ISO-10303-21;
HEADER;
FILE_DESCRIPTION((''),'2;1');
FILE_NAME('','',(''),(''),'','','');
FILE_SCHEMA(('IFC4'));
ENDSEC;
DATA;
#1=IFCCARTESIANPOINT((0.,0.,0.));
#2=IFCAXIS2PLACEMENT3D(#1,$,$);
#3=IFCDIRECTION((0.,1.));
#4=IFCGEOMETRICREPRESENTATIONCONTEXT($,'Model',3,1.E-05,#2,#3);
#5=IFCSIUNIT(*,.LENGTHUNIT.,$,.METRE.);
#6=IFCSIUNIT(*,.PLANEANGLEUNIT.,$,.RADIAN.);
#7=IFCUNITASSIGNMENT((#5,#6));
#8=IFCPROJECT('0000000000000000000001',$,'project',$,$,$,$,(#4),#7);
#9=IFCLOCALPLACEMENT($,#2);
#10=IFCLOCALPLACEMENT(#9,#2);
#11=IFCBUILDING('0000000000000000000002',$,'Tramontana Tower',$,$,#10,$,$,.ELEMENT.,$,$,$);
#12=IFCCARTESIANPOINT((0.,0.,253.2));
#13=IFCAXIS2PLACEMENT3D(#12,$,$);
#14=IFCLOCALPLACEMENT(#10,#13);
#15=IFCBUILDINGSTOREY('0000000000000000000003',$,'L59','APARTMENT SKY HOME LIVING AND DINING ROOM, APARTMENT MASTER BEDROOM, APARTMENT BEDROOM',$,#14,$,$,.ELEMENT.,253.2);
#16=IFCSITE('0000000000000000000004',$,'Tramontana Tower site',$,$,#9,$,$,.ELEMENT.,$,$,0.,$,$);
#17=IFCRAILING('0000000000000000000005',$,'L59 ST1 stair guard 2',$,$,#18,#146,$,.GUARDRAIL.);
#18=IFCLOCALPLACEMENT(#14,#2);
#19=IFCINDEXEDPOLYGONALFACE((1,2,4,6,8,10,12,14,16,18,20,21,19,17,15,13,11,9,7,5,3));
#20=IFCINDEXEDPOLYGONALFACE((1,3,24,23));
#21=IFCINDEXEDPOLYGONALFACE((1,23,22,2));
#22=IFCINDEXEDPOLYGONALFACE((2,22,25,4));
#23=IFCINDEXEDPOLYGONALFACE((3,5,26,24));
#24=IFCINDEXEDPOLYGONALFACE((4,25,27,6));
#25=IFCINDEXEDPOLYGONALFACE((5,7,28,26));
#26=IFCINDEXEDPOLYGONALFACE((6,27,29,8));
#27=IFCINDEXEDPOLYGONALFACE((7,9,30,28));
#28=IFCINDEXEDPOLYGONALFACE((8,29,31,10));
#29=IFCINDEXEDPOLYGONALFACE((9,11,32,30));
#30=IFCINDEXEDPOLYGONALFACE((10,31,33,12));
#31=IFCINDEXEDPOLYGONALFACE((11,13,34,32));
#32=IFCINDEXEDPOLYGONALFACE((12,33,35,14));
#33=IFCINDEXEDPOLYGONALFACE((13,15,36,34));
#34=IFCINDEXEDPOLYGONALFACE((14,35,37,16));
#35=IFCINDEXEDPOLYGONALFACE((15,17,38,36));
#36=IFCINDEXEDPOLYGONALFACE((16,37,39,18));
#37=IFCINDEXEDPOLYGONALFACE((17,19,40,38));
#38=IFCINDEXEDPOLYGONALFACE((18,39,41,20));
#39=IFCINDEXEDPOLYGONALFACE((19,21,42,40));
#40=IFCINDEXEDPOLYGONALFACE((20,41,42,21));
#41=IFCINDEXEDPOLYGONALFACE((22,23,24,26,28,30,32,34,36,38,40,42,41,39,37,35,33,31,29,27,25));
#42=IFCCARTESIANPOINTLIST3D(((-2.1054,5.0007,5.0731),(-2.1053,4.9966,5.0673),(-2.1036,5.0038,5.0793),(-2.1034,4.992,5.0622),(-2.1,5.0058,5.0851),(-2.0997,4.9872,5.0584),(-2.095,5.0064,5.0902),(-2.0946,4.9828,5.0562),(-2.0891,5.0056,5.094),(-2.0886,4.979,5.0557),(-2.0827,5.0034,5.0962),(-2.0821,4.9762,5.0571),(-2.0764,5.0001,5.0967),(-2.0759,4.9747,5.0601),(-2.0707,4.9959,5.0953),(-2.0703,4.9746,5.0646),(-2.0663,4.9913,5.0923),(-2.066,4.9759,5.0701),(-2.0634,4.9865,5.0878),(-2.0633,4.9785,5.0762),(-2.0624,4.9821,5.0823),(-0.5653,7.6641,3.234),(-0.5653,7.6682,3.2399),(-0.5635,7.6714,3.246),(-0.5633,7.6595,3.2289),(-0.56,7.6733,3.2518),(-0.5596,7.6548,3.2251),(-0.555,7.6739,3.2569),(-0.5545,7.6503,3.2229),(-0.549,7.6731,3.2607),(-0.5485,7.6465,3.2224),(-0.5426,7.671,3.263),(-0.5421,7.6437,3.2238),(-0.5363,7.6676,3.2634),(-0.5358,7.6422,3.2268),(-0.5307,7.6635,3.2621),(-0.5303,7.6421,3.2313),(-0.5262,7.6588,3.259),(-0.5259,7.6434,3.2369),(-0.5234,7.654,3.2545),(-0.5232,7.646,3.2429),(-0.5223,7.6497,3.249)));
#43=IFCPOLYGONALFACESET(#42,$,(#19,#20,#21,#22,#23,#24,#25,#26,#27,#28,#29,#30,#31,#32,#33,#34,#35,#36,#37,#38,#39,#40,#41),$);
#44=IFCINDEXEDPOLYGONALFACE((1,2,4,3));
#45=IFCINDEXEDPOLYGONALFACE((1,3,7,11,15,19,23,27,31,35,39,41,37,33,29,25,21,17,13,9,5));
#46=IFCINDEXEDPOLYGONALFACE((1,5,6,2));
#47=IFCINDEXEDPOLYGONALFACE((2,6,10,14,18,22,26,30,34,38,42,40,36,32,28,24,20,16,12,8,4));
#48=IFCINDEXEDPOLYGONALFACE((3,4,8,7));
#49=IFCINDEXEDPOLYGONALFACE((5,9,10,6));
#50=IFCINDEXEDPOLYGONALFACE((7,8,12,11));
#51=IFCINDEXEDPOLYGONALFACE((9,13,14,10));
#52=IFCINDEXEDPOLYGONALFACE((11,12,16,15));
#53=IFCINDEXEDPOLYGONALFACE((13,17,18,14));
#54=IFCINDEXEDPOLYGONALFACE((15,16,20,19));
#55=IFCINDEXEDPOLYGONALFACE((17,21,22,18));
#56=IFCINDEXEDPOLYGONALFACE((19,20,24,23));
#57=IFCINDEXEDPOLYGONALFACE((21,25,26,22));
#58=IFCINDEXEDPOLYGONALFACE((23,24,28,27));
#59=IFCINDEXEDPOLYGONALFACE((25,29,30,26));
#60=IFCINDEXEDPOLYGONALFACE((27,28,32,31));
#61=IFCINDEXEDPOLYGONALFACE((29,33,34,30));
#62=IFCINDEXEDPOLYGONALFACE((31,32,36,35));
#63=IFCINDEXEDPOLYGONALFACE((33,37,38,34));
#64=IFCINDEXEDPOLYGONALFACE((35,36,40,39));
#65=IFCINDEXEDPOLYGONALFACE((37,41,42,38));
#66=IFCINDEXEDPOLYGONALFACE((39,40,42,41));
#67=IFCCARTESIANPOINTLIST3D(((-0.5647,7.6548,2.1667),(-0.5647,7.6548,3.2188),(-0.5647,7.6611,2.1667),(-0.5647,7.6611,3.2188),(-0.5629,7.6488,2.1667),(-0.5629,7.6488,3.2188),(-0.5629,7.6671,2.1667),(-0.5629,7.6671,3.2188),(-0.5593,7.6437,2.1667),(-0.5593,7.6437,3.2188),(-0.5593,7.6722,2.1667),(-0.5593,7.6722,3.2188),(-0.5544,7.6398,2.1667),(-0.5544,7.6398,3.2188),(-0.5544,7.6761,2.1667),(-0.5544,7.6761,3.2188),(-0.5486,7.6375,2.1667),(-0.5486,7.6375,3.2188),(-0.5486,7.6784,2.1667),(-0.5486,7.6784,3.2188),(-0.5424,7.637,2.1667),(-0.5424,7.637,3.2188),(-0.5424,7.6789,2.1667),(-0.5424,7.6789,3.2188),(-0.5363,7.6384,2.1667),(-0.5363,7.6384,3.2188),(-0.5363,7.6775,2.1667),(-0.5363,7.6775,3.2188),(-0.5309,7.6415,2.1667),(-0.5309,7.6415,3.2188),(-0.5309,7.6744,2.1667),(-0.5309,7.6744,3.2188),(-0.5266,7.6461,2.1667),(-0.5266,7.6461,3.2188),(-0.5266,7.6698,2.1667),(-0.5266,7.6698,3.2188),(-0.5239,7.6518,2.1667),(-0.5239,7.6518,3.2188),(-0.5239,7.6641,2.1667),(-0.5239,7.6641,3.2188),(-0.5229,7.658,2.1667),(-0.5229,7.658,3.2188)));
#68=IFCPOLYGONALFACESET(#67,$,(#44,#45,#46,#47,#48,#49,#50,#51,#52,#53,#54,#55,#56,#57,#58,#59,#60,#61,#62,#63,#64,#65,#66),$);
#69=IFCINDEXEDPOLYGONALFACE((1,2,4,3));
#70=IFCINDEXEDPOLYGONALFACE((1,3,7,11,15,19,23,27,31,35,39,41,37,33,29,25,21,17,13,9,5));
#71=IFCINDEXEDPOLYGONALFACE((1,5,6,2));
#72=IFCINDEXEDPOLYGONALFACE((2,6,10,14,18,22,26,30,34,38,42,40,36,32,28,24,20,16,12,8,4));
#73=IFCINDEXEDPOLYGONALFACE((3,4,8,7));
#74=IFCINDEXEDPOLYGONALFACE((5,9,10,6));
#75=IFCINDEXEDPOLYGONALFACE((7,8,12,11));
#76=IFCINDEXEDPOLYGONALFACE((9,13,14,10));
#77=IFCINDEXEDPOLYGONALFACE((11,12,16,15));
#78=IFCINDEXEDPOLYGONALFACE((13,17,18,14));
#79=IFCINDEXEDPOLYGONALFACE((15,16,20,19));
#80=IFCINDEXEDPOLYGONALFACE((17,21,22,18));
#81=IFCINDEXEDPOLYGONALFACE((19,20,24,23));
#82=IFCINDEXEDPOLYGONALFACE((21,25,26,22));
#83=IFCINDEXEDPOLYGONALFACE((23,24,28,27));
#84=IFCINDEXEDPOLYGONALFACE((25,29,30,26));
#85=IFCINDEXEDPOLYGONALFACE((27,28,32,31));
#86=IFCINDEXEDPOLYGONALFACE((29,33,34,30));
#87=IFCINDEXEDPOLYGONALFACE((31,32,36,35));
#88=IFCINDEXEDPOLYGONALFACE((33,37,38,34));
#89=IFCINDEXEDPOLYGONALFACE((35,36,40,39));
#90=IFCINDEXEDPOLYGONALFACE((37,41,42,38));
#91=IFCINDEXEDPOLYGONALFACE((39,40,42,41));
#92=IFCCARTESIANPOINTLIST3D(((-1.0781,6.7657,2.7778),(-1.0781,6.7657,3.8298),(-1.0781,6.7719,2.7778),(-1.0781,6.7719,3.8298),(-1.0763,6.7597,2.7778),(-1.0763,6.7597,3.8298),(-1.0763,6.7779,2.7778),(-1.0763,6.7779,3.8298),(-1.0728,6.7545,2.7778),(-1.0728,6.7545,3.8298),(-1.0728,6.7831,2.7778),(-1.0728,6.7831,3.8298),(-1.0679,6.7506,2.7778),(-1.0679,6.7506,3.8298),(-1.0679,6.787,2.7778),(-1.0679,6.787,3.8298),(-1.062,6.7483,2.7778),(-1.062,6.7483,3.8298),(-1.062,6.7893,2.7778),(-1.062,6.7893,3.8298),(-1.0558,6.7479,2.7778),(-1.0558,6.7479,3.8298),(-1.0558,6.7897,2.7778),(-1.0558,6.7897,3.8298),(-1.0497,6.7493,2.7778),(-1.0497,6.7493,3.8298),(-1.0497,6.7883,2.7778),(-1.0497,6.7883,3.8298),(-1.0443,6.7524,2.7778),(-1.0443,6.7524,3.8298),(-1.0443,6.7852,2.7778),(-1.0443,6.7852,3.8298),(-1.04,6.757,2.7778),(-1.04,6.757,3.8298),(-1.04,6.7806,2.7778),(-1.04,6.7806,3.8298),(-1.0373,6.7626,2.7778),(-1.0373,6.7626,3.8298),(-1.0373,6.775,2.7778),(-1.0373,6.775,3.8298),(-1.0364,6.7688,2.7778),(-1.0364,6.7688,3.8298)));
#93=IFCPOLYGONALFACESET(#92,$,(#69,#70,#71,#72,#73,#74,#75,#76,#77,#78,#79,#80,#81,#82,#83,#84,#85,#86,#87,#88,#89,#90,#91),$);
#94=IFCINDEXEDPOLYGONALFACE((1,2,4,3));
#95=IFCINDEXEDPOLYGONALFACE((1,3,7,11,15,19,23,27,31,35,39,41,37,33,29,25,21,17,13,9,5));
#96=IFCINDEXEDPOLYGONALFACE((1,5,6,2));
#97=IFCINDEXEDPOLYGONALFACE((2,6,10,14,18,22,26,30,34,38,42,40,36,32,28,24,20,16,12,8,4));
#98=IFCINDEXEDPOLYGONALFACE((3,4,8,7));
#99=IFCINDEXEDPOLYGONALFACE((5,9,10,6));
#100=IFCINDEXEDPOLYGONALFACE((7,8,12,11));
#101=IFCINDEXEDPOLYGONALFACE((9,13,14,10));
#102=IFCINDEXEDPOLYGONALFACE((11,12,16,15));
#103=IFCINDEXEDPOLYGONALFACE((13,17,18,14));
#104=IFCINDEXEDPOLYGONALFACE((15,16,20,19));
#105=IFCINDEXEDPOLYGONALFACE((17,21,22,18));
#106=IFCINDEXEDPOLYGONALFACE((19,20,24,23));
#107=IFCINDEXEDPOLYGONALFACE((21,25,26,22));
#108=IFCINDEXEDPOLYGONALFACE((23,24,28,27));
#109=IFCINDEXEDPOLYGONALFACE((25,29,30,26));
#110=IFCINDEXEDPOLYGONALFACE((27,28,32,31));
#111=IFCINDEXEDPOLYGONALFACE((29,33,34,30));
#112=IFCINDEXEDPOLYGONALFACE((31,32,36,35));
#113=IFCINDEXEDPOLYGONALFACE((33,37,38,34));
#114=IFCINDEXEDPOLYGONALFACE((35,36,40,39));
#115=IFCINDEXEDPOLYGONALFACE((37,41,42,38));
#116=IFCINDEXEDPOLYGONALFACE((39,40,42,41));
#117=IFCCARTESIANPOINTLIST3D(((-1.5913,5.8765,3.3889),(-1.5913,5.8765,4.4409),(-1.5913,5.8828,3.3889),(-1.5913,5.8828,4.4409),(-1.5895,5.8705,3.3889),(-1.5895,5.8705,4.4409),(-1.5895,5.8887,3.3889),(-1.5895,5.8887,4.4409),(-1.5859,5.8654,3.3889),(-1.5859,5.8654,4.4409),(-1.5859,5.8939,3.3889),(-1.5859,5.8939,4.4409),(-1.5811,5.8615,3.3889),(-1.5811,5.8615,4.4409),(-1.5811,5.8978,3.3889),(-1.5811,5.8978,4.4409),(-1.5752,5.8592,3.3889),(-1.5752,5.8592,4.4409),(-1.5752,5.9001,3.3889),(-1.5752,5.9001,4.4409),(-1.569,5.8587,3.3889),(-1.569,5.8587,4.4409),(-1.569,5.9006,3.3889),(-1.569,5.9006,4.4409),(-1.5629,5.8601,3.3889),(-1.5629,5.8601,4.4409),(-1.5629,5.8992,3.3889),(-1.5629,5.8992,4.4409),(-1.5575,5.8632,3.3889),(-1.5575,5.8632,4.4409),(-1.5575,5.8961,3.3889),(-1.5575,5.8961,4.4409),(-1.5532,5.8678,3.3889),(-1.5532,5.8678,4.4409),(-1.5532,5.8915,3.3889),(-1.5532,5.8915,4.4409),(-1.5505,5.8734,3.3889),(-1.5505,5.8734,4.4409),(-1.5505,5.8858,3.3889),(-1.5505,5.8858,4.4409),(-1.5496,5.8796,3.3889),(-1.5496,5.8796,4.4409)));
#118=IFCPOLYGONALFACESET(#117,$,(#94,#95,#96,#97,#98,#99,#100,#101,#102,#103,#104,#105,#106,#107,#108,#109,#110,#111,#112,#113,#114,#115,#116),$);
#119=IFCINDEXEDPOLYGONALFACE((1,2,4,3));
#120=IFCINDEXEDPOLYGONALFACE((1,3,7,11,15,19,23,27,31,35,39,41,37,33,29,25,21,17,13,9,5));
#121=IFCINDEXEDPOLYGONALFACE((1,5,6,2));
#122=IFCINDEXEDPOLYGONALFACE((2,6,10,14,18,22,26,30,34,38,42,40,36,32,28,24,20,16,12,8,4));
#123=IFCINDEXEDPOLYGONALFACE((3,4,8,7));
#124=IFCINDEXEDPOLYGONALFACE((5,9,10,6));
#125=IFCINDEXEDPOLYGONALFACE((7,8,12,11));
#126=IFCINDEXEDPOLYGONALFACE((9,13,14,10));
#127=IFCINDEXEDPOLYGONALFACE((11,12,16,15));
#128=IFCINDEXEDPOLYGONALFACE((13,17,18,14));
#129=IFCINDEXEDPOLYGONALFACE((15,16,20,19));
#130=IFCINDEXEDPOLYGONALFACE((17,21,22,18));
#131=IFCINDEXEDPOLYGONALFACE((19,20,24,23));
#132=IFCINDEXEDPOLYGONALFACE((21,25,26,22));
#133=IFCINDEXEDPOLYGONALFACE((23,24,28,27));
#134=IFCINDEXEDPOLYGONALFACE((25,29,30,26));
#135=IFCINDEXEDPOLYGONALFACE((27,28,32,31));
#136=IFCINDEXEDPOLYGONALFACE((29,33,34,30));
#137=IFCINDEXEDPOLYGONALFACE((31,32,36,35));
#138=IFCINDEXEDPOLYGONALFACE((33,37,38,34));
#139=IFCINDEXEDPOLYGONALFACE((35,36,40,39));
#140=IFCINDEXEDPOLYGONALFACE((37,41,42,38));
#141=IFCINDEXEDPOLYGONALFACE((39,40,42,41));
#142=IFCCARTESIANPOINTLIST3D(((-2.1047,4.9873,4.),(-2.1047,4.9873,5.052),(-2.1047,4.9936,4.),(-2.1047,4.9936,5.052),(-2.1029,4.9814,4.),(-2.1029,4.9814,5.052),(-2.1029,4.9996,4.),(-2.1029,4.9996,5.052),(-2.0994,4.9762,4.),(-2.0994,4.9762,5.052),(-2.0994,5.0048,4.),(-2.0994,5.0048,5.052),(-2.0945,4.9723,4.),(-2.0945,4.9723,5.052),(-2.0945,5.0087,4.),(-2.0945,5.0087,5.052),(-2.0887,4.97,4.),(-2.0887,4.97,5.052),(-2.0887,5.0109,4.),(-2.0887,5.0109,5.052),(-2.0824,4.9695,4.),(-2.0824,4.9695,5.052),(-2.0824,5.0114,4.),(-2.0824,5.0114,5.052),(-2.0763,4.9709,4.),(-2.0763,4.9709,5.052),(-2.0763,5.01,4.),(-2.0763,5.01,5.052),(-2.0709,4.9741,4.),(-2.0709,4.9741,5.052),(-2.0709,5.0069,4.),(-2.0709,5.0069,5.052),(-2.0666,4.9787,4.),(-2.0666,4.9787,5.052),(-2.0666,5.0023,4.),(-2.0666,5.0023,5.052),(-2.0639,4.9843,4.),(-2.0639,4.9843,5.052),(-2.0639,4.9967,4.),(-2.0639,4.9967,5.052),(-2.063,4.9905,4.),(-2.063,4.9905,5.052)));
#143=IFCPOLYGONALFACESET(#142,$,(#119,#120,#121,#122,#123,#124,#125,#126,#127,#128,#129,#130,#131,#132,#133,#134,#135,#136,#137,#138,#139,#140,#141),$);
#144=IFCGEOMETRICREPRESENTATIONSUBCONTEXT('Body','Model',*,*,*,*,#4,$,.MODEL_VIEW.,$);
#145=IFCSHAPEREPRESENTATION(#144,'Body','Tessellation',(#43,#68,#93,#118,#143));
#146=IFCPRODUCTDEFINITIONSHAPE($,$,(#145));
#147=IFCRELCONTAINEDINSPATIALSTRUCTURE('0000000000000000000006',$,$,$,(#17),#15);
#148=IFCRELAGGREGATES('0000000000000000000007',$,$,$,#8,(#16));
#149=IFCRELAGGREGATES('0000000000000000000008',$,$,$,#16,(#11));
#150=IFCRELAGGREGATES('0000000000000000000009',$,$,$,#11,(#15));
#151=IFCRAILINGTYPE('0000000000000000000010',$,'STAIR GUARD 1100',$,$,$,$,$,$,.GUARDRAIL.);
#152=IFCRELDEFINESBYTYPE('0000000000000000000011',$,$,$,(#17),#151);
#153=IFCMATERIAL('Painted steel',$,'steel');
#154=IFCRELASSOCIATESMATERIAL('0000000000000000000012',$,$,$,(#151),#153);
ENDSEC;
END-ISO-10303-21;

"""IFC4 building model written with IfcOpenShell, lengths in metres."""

from ifc_helpers import new_model, si_unit, direction, frame, origin, origin_2d, place, context, subcontext, project, spatial, circle, extrude, material, type_object, element, save


model = new_model("IFC4")

# Units and contexts
model_context = context("Model", 3, precision=1e-05, world=origin(), true_north=direction((0.0, 1.0)))
body_context = subcontext(model_context, "Body", "Model", "MODEL_VIEW")
ifc_project = project(units=[si_unit("LENGTHUNIT", "METRE"), si_unit("PLANEANGLEUNIT", "RADIAN")], contexts=[model_context])

# Site, building, storey
site_placement = place(None, origin())
site = spatial("IfcSite", under=ifc_project, at=site_placement, Name="Tramontana Tower site", CompositionType="ELEMENT", RefElevation=0.0)
building_placement = place(site_placement, origin())
building = spatial("IfcBuilding", under=site, at=building_placement, Name="Tramontana Tower", CompositionType="ELEMENT")
storey_placement = place(building_placement, frame((0.0, 0.0, 253.2)))
storey = spatial("IfcBuildingStorey", under=building, at=storey_placement, Name="L59", Description="APARTMENT SKY HOME LIVING AND DINING ROOM, APARTMENT MASTER BEDROOM, APARTMENT BEDROOM", CompositionType="ELEMENT", Elevation=253.2)

# Railing
ifc_material_1 = material(Name="Painted steel", Category="steel")
railing_type_1 = type_object("IfcRailingType", Name="STAIR GUARD 1100", PredefinedType="GUARDRAIL", material=ifc_material_1)
railing_1_placement = place(storey_placement, frame((-0.5439, 7.658, 2.1667)))
element("IfcRailing", 1, at=railing_1_placement, inside=storey, type_object=railing_type_1, Name="L59 ST1 stair guard 2", PredefinedType="GUARDRAIL", context=body_context, shape_type="SweptSolid", body=[
    extrude(circle(Radius=0.0239, at=origin_2d()), frame((0.0, 0.0, 1.0762), z_axis=(-0.429649, -0.74419, 0.511452), x_axis=(0.86603, -0.499992, 0.0)), (0.0, 0.0, 1.0), 3.5845),
    extrude(circle(Radius=0.021, at=origin_2d()), origin(), (0.0, 0.0, 1.0), 1.052),
    extrude(circle(Radius=0.021, at=origin_2d()), frame((-0.5134, -0.8892, 0.6111)), (0.0, 0.0, 1.0), 1.052),
    extrude(circle(Radius=0.021, at=origin_2d()), frame((-1.0266, -1.7783, 1.2222)), (0.0, 0.0, 1.0), 1.052),
    extrude(circle(Radius=0.021, at=origin_2d()), frame((-1.54, -2.6675, 1.8333)), (0.0, 0.0, 1.0), 1.052),
])

save(model, "model.ifc")
